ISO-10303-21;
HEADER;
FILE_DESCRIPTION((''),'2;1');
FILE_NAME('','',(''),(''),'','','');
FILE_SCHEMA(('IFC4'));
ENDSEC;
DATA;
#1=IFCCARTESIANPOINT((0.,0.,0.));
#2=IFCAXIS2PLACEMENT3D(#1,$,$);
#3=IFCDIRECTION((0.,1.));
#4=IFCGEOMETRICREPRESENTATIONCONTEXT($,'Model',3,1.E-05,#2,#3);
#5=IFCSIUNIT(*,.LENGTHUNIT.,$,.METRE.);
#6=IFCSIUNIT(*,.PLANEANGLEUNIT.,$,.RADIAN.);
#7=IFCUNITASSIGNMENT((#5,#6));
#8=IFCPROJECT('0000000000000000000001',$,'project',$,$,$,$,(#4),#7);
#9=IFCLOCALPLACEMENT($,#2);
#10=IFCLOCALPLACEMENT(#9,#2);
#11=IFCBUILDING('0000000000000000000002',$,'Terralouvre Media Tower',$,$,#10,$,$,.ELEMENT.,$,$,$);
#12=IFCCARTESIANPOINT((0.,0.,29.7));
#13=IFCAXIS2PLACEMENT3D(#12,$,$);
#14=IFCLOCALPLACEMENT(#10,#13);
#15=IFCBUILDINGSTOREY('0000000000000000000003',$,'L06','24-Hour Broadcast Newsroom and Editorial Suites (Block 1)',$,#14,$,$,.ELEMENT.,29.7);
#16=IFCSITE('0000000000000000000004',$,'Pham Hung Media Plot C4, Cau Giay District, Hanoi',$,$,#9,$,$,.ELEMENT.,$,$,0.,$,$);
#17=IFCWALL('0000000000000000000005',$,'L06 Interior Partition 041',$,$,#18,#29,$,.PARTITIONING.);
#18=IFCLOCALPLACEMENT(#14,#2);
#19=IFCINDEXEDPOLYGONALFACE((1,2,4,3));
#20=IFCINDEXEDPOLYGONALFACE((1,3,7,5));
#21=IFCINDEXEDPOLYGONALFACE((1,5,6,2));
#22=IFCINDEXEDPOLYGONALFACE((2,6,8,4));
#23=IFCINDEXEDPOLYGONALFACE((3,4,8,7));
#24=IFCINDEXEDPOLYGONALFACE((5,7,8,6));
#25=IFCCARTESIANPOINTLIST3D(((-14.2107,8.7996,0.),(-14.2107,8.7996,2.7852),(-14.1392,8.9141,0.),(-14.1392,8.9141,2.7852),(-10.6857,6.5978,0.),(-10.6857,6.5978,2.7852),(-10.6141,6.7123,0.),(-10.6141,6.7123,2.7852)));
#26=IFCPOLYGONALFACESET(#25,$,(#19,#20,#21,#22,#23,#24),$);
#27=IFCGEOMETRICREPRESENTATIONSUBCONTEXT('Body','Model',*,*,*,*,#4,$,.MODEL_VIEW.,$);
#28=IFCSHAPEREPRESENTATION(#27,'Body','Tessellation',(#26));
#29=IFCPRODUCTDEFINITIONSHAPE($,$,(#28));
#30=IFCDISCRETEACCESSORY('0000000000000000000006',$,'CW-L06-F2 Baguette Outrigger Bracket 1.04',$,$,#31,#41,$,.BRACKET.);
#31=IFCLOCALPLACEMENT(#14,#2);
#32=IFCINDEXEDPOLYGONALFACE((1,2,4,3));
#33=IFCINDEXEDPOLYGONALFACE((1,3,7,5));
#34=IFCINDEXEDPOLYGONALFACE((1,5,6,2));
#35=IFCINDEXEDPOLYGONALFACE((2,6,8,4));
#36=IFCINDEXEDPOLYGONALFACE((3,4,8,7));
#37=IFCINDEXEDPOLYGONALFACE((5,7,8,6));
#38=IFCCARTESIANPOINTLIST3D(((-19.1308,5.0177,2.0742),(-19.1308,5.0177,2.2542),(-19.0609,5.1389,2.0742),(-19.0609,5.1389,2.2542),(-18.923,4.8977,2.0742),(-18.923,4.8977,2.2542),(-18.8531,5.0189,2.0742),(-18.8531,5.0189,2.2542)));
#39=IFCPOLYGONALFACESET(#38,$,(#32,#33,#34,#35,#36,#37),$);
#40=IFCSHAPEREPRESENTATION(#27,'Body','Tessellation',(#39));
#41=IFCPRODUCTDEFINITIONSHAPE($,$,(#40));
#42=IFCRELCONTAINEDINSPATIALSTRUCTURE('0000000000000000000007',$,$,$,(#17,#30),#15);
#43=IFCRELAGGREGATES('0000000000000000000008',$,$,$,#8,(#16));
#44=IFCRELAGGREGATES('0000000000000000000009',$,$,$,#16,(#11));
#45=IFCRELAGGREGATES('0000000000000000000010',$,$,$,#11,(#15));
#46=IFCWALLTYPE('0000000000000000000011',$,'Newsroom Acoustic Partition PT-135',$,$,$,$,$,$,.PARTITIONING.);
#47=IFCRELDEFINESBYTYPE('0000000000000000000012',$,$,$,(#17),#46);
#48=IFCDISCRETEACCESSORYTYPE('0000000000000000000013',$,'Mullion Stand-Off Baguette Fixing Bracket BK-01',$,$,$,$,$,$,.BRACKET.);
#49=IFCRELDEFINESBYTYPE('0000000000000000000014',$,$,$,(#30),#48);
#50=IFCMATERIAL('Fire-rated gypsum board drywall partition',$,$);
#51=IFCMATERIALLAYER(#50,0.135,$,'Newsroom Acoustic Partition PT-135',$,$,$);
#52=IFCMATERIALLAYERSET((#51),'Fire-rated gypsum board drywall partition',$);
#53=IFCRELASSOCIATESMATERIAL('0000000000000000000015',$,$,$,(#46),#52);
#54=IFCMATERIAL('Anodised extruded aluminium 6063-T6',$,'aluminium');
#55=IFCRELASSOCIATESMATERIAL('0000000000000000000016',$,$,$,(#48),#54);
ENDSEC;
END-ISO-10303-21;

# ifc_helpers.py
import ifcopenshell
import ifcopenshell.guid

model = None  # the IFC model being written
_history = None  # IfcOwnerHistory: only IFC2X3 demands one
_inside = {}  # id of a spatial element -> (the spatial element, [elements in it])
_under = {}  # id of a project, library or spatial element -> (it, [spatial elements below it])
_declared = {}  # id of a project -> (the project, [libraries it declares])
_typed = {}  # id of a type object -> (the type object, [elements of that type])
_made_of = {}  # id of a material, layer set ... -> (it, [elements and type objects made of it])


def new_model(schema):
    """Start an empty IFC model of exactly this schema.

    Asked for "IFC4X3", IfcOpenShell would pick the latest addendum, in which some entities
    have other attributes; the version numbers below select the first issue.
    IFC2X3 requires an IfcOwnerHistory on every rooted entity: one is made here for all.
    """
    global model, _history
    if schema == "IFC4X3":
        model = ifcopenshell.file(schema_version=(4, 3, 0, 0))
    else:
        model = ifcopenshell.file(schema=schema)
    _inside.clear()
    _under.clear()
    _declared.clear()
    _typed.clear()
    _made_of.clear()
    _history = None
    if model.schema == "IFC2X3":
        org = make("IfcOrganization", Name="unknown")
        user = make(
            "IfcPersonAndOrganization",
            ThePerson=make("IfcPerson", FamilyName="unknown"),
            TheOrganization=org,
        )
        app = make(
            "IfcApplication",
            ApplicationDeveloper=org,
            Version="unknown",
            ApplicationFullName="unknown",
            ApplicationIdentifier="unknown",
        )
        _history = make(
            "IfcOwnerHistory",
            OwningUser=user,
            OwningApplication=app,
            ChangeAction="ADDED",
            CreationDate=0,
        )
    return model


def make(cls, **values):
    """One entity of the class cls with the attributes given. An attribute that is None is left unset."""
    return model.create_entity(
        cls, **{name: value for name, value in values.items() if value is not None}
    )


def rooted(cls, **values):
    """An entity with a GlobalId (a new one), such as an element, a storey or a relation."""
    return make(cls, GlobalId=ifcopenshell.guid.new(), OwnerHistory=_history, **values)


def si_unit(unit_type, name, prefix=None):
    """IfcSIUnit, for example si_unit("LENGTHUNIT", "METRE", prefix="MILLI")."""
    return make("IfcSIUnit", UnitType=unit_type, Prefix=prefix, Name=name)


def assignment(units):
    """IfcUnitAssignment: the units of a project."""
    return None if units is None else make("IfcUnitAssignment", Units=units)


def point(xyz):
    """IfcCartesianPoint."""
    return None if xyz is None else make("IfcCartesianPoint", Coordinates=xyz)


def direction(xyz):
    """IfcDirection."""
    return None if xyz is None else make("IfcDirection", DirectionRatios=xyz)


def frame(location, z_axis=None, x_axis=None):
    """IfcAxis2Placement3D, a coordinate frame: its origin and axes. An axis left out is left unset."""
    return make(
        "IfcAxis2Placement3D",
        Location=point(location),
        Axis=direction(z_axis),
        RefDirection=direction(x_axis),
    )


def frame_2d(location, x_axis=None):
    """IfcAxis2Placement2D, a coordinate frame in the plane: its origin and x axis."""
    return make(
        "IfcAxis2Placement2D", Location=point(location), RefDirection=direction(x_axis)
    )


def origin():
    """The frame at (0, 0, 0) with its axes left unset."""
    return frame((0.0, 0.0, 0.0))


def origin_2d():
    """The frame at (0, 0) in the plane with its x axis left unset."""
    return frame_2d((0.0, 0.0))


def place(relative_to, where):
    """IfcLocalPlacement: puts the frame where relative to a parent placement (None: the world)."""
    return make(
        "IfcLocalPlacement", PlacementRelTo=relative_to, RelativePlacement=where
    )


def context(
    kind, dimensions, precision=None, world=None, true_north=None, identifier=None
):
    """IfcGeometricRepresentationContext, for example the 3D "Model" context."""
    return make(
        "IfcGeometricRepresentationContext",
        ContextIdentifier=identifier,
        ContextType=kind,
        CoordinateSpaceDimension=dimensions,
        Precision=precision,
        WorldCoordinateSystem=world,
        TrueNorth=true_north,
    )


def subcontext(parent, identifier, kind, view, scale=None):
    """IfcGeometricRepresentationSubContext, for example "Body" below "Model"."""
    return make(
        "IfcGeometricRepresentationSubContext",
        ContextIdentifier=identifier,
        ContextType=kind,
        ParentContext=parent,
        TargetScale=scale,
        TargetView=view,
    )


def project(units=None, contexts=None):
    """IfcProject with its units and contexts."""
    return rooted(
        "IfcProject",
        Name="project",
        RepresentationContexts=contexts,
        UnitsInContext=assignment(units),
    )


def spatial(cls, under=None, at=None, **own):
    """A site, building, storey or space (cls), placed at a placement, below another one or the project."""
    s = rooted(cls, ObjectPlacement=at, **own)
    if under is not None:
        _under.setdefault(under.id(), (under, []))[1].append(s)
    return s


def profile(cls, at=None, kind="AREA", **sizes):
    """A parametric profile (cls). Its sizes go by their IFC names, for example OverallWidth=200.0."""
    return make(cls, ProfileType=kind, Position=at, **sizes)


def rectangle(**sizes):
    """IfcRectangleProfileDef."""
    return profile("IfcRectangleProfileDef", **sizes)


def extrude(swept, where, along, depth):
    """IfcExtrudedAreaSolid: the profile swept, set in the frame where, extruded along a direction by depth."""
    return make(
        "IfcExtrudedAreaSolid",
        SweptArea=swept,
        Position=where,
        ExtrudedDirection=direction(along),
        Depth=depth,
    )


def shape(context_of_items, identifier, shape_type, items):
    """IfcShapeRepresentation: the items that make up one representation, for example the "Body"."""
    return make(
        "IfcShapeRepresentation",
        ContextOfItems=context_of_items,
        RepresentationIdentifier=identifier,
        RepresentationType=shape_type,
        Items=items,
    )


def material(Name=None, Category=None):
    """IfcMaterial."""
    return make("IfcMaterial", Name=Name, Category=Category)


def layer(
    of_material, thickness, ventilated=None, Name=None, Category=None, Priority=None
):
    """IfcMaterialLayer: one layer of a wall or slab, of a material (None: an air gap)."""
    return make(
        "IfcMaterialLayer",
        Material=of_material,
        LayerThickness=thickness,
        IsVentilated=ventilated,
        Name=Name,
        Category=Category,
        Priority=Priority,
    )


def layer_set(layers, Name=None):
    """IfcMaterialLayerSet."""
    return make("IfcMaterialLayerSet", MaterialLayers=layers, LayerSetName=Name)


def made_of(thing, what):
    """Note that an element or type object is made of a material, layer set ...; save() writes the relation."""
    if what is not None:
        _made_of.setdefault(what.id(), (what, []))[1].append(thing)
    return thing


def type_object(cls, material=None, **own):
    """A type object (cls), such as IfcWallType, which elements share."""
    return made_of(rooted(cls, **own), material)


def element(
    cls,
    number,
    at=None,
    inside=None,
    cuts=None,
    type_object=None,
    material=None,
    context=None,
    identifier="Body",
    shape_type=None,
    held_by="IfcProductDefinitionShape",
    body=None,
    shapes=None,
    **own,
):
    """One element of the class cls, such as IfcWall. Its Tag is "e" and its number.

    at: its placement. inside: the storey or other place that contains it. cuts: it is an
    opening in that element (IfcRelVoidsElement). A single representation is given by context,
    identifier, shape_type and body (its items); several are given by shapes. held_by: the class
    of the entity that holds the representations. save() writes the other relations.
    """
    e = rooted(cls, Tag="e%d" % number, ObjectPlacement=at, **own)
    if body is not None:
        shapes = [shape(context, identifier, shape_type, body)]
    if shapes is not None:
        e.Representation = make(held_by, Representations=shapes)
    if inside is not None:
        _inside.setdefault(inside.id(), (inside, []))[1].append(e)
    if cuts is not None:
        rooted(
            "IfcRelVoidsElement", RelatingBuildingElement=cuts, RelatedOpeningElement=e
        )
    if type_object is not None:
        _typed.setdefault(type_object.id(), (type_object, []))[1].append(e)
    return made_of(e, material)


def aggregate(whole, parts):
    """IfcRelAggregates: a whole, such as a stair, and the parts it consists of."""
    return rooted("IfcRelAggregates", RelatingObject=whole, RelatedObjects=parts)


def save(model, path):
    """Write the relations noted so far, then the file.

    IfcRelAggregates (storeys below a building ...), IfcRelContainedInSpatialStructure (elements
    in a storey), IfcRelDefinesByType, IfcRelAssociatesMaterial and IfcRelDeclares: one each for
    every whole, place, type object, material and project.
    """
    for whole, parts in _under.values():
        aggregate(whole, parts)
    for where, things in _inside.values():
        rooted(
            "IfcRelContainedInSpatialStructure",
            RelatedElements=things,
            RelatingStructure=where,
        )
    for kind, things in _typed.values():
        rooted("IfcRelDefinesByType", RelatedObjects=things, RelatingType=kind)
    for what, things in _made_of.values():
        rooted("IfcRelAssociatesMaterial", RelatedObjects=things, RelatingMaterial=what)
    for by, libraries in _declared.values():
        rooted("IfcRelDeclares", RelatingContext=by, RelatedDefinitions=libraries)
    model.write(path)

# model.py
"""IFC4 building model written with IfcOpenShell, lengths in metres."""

from ifc_helpers import new_model, si_unit, direction, frame, frame_2d, origin, origin_2d, place, context, subcontext, project, spatial, rectangle, extrude, material, layer, layer_set, type_object, element, save


model = new_model("IFC4")

# Units and contexts
model_context = context("Model", 3, precision=1e-05, world=origin(), true_north=direction((0.0, 1.0)))
body_context = subcontext(model_context, "Body", "Model", "MODEL_VIEW")
ifc_project = project(units=[si_unit("LENGTHUNIT", "METRE"), si_unit("PLANEANGLEUNIT", "RADIAN")], contexts=[model_context])

# Site, building, storey
site_placement = place(None, origin())
site = spatial("IfcSite", under=ifc_project, at=site_placement, Name="Pham Hung Media Plot C4, Cau Giay District, Hanoi", CompositionType="ELEMENT", RefElevation=0.0)
building_placement = place(site_placement, origin())
building = spatial("IfcBuilding", under=site, at=building_placement, Name="Terralouvre Media Tower", CompositionType="ELEMENT")
storey_placement = place(building_placement, frame((0.0, 0.0, 29.7)))
storey = spatial("IfcBuildingStorey", under=building, at=storey_placement, Name="L06", Description="24-Hour Broadcast Newsroom and Editorial Suites (Block 1)", CompositionType="ELEMENT", Elevation=29.7)

# Wall
ifc_material_1 = material(Name="Fire-rated gypsum board drywall partition")
ifc_layer_1 = layer(ifc_material_1, 0.135, Name="Newsroom Acoustic Partition PT-135")
ifc_layer_set_1 = layer_set([ifc_layer_1], Name="Fire-rated gypsum board drywall partition")
wall_type = type_object("IfcWallType", Name="Newsroom Acoustic Partition PT-135", PredefinedType="PARTITIONING", material=ifc_layer_set_1)
wall_1_placement = place(storey_placement, frame((-10.6499, 6.655, 0.0), z_axis=(0.0, 0.0, 1.0), x_axis=(-0.84814, 0.529772, 0.0)))
element("IfcWall", 1, at=wall_1_placement, inside=storey, type_object=wall_type, Name="L06 Interior Partition 041", PredefinedType="PARTITIONING", context=body_context, shape_type="SweptSolid", body=[
    extrude(rectangle(XDim=4.1562, YDim=0.135, at=frame_2d((2.0781, 0.0))), origin(), (0.0, 0.0, 1.0), 2.7852),
])

# Discrete accessory
ifc_material_2 = material(Name="Anodised extruded aluminium 6063-T6", Category="aluminium")
discrete_accessory_type = type_object("IfcDiscreteAccessoryType", Name="Mullion Stand-Off Baguette Fixing Bracket BK-01", PredefinedType="BRACKET", material=ifc_material_2)
discrete_accessory_placement = place(storey_placement, frame((-18.9919, 5.0183, 2.0742), z_axis=(0.0, 0.0, 1.0), x_axis=(-0.5, -0.866025, 0.0)))
element("IfcDiscreteAccessory", 2, at=discrete_accessory_placement, inside=storey, type_object=discrete_accessory_type, Name="CW-L06-F2 Baguette Outrigger Bracket 1.04", PredefinedType="BRACKET", context=body_context, shape_type="SweptSolid", body=[
    extrude(rectangle(XDim=0.1399, YDim=0.24, at=origin_2d()), origin(), (0.0, 0.0, 1.0), 0.1799),
])

save(model, "model.ifc")
